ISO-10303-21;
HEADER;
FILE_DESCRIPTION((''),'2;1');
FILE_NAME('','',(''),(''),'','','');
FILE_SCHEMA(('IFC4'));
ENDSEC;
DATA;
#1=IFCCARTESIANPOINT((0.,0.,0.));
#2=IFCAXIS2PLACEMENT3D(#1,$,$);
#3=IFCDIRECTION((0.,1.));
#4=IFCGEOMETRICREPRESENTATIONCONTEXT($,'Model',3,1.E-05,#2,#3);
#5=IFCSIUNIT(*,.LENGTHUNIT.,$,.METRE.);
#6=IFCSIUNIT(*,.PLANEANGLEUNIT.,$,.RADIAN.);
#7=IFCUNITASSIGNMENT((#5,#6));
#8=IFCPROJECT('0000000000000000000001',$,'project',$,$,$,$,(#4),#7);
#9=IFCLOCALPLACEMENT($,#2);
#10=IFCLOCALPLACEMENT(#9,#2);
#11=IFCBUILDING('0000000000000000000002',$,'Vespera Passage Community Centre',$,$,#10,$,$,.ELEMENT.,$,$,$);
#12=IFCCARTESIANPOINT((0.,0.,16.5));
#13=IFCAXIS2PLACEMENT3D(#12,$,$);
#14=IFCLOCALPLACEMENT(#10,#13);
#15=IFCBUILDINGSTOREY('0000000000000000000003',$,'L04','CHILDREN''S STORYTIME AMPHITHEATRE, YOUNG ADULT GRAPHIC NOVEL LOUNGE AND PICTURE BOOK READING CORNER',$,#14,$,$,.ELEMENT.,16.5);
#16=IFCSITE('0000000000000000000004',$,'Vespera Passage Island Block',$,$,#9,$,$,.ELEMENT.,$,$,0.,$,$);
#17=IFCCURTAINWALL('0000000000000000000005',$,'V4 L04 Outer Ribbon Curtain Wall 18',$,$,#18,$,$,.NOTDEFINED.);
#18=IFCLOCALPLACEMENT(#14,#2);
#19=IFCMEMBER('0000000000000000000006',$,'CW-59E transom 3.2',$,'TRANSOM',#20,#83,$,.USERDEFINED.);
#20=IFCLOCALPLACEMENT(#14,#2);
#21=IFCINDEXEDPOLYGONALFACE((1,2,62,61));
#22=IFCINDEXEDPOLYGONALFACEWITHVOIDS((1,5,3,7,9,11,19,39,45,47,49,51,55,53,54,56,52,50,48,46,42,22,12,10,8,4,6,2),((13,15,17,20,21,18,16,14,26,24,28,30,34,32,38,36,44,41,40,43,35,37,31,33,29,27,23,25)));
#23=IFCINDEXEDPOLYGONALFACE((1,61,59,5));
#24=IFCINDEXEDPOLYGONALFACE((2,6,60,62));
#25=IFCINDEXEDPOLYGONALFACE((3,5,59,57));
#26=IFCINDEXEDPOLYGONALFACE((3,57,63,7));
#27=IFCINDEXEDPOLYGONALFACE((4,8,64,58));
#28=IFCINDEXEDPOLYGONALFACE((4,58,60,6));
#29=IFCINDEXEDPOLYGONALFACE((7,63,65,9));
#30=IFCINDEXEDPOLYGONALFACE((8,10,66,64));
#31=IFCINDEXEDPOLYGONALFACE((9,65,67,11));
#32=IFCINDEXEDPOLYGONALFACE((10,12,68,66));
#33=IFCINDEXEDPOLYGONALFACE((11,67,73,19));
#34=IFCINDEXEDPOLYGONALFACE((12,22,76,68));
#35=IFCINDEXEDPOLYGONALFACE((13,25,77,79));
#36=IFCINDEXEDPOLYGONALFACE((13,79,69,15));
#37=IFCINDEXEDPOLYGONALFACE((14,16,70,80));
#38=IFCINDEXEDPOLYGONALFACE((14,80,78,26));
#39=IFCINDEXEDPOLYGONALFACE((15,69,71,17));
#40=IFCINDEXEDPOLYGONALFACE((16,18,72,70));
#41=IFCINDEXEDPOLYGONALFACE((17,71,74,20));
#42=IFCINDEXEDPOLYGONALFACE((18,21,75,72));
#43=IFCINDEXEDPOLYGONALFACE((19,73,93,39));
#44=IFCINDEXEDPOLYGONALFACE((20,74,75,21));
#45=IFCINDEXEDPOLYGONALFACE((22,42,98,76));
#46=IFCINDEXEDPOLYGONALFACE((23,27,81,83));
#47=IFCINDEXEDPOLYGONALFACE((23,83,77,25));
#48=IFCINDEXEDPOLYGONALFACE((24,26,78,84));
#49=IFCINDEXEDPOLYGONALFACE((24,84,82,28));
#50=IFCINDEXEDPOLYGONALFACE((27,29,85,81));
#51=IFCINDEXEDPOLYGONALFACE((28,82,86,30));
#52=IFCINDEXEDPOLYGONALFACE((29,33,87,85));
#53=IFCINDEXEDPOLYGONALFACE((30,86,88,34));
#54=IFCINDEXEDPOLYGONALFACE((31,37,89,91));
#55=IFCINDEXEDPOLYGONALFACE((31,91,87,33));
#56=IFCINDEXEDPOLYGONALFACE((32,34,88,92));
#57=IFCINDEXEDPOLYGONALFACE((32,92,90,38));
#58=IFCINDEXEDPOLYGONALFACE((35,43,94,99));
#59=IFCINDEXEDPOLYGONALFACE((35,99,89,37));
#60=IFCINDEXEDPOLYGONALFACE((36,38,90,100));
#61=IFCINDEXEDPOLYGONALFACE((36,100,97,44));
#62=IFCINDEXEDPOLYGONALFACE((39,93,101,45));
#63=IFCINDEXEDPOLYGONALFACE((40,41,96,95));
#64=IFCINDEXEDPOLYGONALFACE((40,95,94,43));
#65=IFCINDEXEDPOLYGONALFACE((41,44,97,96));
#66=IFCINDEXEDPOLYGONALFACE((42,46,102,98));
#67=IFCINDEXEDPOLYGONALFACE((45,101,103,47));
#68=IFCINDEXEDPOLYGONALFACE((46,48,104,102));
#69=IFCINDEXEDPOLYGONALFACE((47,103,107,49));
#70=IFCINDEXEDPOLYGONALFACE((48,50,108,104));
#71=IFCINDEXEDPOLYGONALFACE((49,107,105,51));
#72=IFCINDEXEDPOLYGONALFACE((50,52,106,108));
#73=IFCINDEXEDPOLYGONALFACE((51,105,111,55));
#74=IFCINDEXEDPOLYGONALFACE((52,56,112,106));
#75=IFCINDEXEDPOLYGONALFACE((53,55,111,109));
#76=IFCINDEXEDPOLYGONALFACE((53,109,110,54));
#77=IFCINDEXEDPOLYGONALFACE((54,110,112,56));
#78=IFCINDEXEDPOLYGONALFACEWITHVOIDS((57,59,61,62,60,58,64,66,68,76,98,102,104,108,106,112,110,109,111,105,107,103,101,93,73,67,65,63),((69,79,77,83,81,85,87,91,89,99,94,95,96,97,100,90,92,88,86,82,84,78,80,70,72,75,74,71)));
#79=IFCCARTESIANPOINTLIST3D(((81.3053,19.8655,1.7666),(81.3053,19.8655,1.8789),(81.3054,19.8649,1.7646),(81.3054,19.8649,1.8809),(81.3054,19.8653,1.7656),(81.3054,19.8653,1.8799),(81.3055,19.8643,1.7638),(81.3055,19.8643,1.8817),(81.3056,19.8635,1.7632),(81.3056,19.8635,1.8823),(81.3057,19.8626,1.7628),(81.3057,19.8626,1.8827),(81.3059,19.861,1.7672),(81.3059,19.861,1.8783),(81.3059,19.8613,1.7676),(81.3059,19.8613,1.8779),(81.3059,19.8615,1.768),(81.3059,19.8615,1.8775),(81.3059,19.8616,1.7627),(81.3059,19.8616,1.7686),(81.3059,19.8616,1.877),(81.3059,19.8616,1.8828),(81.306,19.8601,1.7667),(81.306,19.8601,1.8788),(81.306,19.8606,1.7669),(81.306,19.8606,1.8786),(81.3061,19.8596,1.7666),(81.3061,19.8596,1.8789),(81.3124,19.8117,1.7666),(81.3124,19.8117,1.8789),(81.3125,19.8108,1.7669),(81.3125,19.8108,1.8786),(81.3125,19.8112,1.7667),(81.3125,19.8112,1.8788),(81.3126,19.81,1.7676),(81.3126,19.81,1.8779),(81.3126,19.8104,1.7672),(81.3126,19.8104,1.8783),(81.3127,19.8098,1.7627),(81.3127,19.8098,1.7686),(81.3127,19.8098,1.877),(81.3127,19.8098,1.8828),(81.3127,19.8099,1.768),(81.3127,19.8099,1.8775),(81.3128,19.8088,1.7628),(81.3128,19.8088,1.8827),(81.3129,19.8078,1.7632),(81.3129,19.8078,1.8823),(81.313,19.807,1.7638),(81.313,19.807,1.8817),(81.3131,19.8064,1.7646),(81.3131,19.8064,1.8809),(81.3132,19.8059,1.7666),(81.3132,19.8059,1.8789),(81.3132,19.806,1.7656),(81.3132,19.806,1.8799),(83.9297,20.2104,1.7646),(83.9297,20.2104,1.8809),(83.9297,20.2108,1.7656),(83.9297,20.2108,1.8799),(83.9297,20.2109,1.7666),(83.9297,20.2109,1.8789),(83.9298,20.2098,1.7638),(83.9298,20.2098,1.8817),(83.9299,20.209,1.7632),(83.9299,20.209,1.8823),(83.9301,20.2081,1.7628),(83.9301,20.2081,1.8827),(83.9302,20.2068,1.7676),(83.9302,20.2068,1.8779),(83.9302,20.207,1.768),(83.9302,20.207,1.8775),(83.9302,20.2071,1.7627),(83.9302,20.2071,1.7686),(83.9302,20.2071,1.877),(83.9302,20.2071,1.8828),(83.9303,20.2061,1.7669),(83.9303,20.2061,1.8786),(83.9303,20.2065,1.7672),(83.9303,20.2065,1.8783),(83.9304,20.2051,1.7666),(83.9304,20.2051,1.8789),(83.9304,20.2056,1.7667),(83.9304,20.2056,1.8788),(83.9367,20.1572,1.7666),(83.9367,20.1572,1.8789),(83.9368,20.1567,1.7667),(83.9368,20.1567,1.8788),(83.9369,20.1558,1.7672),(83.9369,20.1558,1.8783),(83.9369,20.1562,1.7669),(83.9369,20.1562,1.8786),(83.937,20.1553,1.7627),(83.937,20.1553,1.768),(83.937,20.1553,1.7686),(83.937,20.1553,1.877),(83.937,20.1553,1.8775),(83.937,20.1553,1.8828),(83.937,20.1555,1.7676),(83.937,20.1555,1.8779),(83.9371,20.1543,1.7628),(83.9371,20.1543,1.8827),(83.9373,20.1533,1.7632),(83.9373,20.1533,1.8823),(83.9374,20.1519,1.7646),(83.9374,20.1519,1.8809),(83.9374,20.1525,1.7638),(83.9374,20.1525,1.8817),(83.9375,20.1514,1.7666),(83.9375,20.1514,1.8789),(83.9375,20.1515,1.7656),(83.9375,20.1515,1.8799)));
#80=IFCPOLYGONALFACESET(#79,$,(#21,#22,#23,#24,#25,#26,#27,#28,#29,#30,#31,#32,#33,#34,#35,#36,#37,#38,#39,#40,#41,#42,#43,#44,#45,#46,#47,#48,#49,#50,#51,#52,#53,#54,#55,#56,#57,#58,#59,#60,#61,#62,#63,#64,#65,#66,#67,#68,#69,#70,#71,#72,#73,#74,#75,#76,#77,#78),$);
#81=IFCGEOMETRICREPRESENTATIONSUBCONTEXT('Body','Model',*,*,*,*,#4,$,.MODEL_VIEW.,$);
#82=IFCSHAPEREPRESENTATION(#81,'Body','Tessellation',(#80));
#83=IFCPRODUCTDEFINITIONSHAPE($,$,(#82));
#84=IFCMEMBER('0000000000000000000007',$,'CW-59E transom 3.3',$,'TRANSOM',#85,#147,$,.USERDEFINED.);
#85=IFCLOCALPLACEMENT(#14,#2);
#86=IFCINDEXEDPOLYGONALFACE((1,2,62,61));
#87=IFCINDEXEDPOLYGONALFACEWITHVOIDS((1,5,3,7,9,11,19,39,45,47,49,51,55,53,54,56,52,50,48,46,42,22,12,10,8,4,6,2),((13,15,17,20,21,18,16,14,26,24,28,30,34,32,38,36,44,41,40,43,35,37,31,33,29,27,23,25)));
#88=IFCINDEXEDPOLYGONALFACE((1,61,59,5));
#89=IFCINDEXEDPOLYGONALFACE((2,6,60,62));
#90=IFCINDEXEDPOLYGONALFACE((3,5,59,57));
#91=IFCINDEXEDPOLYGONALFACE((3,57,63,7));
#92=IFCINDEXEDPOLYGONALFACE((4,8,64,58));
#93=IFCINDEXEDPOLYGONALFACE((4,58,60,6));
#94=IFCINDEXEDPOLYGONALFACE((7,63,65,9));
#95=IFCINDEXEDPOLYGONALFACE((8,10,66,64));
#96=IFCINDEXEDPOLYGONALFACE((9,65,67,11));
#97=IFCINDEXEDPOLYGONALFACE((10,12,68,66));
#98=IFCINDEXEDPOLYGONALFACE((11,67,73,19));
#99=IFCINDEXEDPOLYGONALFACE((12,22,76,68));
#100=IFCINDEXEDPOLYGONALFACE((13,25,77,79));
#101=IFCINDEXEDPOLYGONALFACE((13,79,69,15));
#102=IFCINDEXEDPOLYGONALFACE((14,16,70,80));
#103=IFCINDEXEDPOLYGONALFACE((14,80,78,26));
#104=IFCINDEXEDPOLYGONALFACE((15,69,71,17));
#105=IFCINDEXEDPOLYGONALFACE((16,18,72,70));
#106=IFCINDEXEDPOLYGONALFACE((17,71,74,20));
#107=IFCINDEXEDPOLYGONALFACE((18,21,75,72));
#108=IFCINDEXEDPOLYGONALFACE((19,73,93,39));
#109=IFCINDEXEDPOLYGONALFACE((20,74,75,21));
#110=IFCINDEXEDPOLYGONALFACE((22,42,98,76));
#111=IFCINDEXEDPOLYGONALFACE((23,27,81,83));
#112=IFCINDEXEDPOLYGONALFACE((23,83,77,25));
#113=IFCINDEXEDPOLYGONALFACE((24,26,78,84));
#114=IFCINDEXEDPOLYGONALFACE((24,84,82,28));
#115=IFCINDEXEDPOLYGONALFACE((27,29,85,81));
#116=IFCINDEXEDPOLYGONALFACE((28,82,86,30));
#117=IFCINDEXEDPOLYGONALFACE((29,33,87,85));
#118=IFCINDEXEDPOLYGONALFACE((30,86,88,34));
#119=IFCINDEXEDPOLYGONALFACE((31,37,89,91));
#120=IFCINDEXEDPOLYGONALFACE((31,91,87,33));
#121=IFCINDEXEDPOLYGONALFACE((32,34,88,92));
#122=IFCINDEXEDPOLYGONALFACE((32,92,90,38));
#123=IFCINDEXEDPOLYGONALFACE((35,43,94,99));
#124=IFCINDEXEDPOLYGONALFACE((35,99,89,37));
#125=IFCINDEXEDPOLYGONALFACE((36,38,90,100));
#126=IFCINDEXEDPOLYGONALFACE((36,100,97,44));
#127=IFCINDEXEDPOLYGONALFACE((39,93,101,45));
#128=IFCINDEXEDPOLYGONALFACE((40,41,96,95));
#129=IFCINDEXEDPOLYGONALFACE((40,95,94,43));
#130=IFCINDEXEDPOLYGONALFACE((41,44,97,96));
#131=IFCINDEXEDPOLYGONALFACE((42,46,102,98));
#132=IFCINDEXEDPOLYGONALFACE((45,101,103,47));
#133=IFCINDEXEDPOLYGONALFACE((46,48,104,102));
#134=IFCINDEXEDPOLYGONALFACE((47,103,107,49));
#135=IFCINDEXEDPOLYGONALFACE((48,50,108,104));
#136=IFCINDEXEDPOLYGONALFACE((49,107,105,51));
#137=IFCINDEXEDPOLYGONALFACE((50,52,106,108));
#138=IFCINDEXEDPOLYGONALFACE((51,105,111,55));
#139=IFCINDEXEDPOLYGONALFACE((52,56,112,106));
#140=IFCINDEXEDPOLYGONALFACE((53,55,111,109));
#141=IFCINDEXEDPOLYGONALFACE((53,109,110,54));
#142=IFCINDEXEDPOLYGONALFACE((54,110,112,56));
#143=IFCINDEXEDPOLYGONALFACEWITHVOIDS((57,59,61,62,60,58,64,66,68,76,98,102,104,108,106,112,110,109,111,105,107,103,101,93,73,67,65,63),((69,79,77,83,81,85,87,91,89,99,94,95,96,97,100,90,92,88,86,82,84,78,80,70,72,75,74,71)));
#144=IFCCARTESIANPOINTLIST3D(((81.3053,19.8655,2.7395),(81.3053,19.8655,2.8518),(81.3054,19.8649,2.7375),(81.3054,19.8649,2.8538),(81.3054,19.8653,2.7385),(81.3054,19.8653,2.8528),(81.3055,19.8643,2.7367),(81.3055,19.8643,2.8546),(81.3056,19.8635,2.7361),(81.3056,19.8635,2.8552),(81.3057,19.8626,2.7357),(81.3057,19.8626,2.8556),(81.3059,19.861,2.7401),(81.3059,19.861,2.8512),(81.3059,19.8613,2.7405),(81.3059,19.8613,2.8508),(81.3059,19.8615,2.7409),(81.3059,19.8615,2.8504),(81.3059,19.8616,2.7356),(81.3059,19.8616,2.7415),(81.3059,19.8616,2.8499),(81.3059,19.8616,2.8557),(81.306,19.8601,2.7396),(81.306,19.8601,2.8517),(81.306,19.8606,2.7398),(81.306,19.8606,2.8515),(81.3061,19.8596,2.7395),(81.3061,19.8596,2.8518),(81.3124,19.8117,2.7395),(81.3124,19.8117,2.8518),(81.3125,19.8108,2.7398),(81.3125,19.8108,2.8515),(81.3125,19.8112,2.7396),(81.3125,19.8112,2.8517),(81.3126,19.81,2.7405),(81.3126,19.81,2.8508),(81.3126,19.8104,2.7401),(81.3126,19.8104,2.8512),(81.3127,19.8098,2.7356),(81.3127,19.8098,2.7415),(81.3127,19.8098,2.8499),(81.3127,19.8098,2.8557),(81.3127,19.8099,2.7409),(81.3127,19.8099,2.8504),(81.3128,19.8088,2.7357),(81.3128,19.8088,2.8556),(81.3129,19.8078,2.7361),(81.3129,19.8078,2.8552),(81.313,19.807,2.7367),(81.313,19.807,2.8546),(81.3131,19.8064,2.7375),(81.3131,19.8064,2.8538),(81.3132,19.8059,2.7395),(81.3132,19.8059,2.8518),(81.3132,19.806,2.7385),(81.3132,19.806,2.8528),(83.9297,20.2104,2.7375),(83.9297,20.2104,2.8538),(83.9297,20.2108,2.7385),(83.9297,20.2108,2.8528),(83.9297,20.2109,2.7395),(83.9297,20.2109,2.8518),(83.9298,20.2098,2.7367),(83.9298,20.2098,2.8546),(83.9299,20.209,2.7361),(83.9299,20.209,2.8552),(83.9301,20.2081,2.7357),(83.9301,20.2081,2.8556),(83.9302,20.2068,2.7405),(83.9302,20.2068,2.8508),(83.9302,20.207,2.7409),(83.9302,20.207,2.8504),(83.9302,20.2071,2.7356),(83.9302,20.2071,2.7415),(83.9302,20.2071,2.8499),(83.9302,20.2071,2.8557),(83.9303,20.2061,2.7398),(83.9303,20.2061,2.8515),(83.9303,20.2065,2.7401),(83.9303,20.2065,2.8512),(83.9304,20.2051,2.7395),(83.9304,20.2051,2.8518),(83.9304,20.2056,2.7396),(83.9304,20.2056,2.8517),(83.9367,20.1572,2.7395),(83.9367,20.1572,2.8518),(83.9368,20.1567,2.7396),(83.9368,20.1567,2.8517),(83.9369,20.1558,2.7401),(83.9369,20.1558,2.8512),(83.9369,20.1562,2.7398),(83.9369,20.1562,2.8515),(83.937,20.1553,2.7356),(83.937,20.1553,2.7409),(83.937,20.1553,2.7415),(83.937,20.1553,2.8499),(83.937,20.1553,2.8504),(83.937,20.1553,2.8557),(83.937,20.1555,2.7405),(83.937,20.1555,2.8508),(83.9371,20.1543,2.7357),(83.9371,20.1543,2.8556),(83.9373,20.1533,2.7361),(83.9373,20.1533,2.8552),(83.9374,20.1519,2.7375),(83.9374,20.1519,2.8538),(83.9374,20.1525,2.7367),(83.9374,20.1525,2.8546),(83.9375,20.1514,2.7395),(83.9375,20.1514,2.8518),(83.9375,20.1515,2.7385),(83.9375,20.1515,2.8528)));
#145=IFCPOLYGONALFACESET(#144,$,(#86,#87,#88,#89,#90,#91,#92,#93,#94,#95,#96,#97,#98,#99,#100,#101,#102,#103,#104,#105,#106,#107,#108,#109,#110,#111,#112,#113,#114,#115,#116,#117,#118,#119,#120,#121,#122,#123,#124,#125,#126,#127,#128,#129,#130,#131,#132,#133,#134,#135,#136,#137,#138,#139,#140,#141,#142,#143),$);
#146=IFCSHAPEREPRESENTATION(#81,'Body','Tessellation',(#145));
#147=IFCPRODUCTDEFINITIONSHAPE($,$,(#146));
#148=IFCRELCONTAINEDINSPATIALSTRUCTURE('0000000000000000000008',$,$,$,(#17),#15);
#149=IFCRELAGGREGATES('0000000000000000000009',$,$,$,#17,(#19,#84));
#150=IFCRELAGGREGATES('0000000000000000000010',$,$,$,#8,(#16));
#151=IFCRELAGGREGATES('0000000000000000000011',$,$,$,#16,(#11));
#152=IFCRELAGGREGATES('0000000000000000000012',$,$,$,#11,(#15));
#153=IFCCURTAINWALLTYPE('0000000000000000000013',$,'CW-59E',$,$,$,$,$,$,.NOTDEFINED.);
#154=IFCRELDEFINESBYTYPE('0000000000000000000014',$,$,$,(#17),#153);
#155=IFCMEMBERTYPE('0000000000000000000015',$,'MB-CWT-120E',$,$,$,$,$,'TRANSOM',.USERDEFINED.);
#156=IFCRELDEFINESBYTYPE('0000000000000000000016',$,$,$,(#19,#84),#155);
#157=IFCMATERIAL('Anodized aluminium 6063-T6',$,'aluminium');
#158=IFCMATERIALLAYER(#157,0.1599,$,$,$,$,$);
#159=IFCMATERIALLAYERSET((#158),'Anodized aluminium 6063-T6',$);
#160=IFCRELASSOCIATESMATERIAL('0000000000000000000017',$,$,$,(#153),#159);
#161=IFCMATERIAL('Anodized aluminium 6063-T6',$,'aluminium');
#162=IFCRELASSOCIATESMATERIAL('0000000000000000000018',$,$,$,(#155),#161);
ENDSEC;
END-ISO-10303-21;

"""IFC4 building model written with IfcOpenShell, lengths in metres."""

from ifc_helpers import new_model, si_unit, direction, frame, origin, origin_2d, place, context, subcontext, project, spatial, hollow_rectangle, extrude, material, layer, layer_set, material_profile, profile_set, type_object, element, aggregate, save


model = new_model("IFC4")

# Units and contexts
model_context = context("Model", 3, precision=1e-05, world=origin(), true_north=direction((0.0, 1.0)))
body_context = subcontext(model_context, "Body", "Model", "MODEL_VIEW")
ifc_project = project(units=[si_unit("LENGTHUNIT", "METRE"), si_unit("PLANEANGLEUNIT", "RADIAN")], contexts=[model_context])

# Site, building, storey
site_placement = place(None, origin())
site = spatial("IfcSite", under=ifc_project, at=site_placement, Name="Vespera Passage Island Block", CompositionType="ELEMENT", RefElevation=0.0)
building_placement = place(site_placement, origin())
building = spatial("IfcBuilding", under=site, at=building_placement, Name="Vespera Passage Community Centre", CompositionType="ELEMENT")
storey_placement = place(building_placement, frame((0.0, 0.0, 16.5)))
storey = spatial("IfcBuildingStorey", under=building, at=storey_placement, Name="L04", Description="CHILDREN'S STORYTIME AMPHITHEATRE, YOUNG ADULT GRAPHIC NOVEL LOUNGE AND PICTURE BOOK READING CORNER", CompositionType="ELEMENT", Elevation=16.5)

# Curtain wall, members
ifc_material_1 = material(Name="Anodized aluminium 6063-T6", Category="aluminium")
ifc_layer_1 = layer(ifc_material_1, 0.1599)
ifc_layer_set_1 = layer_set([ifc_layer_1], Name="Anodized aluminium 6063-T6")
curtain_wall_type = type_object("IfcCurtainWallType", Name="CW-59E", PredefinedType="NOTDEFINED", material=ifc_layer_set_1)
curtain_wall_placement = place(storey_placement, origin())
curtain_wall = element("IfcCurtainWall", 1, at=curtain_wall_placement, inside=storey, type_object=curtain_wall_type, Name="V4 L04 Outer Ribbon Curtain Wall 18", PredefinedType="NOTDEFINED")
ifc_material_2 = material(Name="Anodized aluminium 6063-T6", Category="aluminium")
ifc_material_profile_1 = material_profile(ifc_material_2, hollow_rectangle(XDim=0.0601, YDim=0.1201, WallThickness=0.0039, InnerFilletRadius=0.002, OuterFilletRadius=0.0039, at=origin_2d()), Name="ALU120X60X4")
ifc_profile_set_1 = profile_set([ifc_material_profile_1], Name="Anodized aluminium 6063-T6")
member_type_1 = type_object("IfcMemberType", Name="MB-CWT-120E", ElementType="TRANSOM", PredefinedType="USERDEFINED", material=ifc_profile_set_1)
member_1_placement = place(storey_placement, frame((83.9336, 20.1812, 1.8228), z_axis=(-0.991446, -0.130514, 0.0), x_axis=(0.130514, -0.991446, 0.0)))
member_1 = element("IfcMember", 2, at=member_1_placement, type_object=member_type_1, Name="CW-59E transom 3.2", ObjectType="TRANSOM", PredefinedType="USERDEFINED", context=body_context, shape_type="SweptSolid", body=[
    extrude(hollow_rectangle(XDim=0.0601, YDim=0.1201, WallThickness=0.0039, InnerFilletRadius=0.002, OuterFilletRadius=0.0039, at=origin_2d()), origin(), (0.0, 0.0, 1.0), 2.647),
])
member_2_placement = place(storey_placement, frame((83.9336, 20.1812, 2.7957), z_axis=(-0.991446, -0.130514, 0.0), x_axis=(0.130514, -0.991446, 0.0)))
member_2 = element("IfcMember", 3, at=member_2_placement, type_object=member_type_1, Name="CW-59E transom 3.3", ObjectType="TRANSOM", PredefinedType="USERDEFINED", context=body_context, shape_type="SweptSolid", body=[
    extrude(hollow_rectangle(XDim=0.0601, YDim=0.1201, WallThickness=0.0039, InnerFilletRadius=0.002, OuterFilletRadius=0.0039, at=origin_2d()), origin(), (0.0, 0.0, 1.0), 2.647),
])
aggregate(curtain_wall, [member_1, member_2])

save(model, "model.ifc")
